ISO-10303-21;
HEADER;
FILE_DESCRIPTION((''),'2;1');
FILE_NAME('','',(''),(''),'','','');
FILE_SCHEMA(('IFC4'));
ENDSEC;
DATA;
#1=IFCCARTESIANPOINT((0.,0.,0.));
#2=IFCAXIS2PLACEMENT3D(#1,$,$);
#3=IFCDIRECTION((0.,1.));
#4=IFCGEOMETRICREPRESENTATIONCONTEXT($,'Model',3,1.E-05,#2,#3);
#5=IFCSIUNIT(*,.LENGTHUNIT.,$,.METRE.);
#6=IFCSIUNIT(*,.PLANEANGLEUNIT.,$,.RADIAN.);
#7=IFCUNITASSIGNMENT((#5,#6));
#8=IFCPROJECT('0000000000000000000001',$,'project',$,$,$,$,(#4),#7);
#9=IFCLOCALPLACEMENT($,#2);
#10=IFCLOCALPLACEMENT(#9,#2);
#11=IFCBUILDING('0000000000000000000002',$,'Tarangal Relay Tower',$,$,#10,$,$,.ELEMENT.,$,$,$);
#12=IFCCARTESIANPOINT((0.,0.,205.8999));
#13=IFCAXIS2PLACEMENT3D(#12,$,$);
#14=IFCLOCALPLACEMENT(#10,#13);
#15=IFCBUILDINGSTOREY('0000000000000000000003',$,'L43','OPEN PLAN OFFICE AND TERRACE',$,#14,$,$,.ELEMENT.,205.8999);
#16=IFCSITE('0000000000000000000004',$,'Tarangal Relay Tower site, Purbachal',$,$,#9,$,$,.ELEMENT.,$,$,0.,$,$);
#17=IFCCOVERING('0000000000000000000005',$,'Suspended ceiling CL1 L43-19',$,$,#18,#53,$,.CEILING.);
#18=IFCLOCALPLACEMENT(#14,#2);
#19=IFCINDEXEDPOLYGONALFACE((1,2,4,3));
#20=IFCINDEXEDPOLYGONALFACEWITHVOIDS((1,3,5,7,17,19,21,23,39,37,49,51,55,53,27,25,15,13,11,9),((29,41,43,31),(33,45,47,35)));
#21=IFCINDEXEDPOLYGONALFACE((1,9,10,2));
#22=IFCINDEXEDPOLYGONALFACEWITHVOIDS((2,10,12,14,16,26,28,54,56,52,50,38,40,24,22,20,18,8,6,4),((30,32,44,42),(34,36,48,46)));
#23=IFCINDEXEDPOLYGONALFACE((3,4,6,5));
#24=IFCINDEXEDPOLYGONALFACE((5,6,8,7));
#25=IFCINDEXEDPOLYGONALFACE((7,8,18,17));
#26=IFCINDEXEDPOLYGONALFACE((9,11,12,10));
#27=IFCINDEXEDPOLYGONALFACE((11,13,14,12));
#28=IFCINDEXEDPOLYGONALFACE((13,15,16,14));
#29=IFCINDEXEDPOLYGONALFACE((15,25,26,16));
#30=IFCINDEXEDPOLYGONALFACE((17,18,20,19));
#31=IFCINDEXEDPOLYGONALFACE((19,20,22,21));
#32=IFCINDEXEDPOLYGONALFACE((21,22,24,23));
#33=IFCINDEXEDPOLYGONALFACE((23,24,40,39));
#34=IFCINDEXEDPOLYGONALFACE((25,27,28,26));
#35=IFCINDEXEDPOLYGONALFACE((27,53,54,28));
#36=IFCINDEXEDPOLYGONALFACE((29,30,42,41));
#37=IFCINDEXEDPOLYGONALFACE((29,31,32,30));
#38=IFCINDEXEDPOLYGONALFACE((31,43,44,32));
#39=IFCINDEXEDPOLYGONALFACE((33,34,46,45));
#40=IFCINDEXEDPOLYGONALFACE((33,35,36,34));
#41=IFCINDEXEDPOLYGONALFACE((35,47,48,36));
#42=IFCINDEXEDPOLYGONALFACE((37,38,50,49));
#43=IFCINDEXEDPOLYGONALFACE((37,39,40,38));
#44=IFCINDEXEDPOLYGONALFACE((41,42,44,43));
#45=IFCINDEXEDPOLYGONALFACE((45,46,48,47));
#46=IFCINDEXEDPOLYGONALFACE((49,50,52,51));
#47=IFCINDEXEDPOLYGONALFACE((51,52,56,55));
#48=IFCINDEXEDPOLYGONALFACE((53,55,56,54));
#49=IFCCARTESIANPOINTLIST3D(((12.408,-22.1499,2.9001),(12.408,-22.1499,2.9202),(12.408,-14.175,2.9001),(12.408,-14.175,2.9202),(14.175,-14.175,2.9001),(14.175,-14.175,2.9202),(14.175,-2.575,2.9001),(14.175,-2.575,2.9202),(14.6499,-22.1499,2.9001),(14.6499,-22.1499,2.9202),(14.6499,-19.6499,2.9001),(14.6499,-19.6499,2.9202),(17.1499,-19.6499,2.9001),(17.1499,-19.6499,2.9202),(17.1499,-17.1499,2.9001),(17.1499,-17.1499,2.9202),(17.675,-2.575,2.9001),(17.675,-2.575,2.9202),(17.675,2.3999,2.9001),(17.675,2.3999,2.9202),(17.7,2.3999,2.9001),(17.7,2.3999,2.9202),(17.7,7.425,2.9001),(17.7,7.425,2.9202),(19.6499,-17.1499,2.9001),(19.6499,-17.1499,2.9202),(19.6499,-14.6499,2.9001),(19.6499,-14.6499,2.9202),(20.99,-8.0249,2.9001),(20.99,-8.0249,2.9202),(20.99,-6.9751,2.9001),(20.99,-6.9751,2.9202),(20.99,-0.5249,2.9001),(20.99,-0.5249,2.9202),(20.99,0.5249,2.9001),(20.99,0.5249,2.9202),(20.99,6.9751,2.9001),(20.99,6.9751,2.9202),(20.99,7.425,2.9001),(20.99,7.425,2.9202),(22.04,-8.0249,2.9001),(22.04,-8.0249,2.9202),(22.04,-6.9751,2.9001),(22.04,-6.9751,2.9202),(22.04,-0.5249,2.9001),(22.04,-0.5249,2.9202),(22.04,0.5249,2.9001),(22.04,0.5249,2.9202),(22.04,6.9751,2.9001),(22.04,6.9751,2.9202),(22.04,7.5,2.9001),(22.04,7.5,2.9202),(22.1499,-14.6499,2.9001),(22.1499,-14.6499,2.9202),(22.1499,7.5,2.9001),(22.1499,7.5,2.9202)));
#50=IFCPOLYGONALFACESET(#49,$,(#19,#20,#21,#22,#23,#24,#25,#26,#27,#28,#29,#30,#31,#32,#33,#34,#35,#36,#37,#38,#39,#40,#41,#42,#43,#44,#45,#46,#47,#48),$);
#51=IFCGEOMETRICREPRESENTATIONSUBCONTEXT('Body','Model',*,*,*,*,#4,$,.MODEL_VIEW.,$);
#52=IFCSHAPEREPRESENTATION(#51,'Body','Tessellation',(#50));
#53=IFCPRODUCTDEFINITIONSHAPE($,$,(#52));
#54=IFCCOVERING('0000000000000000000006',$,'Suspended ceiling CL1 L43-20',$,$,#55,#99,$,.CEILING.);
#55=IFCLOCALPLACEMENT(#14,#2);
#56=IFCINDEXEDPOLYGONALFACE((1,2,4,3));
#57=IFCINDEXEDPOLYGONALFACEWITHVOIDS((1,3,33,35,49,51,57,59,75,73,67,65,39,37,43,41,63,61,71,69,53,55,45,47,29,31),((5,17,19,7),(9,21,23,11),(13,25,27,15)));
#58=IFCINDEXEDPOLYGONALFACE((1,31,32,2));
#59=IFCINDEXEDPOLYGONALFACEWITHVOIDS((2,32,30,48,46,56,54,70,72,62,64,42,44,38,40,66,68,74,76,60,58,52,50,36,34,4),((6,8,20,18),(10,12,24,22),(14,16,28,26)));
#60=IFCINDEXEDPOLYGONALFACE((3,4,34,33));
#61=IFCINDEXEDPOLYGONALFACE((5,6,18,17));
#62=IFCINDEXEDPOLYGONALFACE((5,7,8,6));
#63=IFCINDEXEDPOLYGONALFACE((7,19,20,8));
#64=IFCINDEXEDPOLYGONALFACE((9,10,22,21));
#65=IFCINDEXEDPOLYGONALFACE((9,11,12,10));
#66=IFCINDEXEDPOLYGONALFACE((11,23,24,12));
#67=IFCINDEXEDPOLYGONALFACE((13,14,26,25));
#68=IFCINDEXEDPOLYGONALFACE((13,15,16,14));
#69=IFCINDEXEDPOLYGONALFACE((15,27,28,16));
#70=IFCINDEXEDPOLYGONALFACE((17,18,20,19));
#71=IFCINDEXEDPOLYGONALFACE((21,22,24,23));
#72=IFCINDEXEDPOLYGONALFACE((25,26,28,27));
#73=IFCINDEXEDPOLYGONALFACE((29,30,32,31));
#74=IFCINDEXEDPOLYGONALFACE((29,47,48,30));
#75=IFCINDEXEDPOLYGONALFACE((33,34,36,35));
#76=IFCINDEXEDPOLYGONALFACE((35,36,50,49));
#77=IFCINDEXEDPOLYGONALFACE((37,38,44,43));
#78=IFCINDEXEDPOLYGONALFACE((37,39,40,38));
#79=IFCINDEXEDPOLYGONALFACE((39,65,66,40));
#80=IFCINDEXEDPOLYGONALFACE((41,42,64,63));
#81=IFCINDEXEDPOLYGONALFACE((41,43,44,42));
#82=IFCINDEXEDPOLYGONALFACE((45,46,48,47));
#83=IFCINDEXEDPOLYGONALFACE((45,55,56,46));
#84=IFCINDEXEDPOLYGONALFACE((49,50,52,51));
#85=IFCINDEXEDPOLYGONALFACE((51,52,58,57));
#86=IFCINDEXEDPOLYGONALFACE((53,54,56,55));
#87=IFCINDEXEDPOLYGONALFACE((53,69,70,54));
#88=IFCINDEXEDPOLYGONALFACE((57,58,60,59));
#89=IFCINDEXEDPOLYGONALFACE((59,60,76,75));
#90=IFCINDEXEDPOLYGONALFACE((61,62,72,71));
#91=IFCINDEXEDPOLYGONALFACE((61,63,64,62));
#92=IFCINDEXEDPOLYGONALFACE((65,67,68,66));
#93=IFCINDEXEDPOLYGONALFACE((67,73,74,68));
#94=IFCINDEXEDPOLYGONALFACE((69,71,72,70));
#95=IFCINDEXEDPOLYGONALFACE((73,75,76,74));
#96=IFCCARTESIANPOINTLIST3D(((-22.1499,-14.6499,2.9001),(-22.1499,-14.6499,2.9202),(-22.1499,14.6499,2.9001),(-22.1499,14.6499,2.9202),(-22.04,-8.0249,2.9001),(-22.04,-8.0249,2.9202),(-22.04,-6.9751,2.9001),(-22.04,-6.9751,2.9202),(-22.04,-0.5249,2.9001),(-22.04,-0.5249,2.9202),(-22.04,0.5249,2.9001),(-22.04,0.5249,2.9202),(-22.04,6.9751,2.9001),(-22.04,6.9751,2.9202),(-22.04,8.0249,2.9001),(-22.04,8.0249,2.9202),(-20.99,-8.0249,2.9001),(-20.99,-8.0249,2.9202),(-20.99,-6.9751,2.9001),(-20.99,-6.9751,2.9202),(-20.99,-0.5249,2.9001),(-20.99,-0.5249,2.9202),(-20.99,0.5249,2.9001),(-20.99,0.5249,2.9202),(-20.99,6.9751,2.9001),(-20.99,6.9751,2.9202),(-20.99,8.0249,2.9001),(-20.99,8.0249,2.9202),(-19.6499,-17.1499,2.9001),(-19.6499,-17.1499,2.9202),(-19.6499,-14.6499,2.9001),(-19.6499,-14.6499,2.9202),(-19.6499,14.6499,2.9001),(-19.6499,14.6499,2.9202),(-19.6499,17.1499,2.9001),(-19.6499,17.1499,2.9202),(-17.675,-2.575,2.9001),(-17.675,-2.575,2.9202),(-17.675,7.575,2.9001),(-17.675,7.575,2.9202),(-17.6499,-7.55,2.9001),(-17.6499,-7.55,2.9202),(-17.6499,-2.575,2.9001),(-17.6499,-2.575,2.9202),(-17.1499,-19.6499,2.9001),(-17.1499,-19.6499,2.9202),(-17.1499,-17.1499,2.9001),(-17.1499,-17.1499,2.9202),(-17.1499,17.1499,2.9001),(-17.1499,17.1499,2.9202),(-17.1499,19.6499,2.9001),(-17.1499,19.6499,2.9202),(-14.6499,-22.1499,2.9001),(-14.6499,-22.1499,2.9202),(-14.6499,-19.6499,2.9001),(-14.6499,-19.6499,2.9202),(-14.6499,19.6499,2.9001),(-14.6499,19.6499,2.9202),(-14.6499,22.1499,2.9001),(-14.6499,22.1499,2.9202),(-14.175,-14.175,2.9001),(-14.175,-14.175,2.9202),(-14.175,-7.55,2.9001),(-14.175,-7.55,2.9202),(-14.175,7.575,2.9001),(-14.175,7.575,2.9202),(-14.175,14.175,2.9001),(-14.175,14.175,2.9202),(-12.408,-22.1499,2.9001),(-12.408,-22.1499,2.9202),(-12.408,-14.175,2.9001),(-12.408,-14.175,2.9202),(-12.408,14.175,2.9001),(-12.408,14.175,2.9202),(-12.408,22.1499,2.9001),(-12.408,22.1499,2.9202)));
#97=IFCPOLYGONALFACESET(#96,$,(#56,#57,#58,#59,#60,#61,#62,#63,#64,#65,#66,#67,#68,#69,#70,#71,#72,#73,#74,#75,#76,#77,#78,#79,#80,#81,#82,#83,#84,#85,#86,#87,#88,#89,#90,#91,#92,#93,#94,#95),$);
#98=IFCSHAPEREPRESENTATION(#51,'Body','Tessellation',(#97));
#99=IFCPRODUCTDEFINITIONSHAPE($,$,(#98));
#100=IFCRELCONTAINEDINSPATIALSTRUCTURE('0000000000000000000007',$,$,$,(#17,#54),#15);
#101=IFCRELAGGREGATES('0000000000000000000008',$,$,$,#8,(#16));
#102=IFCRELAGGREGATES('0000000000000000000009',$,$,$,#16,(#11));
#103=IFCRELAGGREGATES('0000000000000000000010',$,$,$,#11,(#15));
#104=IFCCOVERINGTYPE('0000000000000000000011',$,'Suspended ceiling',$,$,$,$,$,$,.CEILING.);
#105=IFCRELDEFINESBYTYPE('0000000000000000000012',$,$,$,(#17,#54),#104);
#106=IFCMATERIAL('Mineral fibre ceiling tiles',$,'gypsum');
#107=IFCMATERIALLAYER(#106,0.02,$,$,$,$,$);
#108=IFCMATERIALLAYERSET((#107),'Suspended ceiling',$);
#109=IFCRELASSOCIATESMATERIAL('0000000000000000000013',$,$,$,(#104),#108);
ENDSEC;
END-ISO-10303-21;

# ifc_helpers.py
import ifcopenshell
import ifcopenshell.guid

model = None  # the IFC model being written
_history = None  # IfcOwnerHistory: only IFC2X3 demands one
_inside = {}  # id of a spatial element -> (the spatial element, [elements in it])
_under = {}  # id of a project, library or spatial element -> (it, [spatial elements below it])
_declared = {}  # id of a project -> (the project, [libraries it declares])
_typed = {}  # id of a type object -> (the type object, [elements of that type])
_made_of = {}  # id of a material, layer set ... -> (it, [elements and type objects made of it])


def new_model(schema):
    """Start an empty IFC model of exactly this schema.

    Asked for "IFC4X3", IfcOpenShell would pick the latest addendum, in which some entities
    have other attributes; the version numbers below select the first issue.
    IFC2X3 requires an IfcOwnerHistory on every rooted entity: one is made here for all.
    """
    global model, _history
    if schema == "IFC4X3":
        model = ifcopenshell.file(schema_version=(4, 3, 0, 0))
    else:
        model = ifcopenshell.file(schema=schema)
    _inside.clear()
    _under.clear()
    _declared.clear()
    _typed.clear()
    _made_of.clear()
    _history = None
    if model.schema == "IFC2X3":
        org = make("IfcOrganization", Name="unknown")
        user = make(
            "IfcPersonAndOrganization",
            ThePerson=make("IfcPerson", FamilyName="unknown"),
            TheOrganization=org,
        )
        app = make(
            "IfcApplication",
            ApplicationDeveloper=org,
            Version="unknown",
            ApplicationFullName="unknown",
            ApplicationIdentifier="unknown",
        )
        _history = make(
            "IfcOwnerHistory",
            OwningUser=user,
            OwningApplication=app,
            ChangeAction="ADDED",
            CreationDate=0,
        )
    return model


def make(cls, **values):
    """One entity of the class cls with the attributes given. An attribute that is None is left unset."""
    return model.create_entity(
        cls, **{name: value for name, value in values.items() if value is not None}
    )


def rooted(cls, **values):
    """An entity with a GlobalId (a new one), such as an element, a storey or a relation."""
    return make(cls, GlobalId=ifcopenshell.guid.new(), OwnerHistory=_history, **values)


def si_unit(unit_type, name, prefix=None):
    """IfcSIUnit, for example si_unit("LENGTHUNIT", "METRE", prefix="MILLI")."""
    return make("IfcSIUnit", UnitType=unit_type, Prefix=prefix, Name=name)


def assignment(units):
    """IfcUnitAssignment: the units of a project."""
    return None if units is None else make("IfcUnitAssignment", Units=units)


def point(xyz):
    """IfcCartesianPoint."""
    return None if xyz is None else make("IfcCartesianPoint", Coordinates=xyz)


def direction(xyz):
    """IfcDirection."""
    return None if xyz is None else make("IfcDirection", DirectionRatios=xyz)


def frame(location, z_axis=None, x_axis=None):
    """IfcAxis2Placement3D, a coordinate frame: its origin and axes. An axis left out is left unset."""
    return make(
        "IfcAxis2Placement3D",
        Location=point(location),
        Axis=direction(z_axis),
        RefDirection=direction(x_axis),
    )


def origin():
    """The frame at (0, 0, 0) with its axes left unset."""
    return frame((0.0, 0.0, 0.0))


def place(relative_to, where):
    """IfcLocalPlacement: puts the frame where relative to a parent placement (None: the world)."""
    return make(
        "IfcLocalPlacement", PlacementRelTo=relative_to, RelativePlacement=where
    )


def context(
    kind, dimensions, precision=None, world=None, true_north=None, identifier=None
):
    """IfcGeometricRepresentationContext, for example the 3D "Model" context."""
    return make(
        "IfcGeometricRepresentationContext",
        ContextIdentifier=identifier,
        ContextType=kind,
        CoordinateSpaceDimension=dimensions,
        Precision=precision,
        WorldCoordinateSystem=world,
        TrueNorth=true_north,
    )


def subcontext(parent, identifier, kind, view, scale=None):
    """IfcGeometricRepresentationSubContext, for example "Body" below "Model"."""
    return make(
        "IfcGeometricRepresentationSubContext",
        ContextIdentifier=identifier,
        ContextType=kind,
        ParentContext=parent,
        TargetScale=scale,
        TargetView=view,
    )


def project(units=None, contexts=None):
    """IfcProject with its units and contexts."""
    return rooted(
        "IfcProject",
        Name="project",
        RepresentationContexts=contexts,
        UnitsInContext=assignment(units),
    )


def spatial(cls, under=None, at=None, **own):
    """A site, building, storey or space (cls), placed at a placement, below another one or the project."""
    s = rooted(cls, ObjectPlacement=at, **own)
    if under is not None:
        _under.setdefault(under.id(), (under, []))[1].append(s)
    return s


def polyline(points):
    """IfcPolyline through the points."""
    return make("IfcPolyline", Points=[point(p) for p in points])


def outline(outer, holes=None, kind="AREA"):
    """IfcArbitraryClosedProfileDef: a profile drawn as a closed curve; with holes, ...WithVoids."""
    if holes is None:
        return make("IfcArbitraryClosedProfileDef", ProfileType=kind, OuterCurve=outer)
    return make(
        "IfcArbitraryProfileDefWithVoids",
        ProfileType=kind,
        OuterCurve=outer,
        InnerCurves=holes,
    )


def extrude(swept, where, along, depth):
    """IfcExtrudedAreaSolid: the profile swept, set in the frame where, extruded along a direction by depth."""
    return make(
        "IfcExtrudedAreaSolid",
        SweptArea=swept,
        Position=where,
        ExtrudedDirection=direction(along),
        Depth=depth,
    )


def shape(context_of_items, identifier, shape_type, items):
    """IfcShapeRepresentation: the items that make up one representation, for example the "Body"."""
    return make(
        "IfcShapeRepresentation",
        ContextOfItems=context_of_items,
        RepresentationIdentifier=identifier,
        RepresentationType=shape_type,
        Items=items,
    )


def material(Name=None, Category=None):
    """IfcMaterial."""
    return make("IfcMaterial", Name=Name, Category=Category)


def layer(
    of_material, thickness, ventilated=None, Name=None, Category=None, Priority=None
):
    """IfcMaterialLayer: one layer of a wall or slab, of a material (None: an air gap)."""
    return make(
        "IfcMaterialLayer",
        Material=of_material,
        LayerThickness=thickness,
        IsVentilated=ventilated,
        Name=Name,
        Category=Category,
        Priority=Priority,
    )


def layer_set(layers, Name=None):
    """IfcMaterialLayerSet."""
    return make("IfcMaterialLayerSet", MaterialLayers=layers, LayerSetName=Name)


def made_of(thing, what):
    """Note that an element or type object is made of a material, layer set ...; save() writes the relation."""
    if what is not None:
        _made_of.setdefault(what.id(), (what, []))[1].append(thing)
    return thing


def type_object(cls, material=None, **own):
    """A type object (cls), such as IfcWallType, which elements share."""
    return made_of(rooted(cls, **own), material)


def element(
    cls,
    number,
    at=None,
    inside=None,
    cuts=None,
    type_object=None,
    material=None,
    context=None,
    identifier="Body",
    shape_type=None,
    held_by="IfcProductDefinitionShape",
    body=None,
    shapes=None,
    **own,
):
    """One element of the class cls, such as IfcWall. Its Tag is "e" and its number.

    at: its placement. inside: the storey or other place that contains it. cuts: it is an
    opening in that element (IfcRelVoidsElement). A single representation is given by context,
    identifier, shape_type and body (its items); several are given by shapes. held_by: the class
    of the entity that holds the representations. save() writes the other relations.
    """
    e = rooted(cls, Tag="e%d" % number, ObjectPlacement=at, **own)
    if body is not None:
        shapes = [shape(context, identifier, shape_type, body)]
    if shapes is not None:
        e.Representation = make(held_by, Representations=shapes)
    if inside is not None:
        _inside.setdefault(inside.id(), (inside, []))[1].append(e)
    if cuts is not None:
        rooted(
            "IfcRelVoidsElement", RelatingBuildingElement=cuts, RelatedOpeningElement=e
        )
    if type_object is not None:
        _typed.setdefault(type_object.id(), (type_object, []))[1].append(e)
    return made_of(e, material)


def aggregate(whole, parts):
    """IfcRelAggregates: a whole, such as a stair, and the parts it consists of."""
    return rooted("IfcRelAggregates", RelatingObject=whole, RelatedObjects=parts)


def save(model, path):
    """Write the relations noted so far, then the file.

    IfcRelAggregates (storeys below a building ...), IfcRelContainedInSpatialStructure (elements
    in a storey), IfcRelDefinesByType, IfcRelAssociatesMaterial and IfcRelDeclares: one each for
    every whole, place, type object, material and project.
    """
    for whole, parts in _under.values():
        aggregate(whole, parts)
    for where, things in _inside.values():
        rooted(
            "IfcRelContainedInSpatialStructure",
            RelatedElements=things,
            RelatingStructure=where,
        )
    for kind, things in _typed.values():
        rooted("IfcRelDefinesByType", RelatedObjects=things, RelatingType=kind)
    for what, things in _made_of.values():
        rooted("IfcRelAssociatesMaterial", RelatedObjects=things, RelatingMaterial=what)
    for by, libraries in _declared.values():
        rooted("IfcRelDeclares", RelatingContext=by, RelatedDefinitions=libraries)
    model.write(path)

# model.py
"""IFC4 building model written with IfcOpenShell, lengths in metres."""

from ifc_helpers import new_model, si_unit, direction, frame, origin, place, context, subcontext, project, spatial, polyline, outline, extrude, material, layer, layer_set, type_object, element, save


model = new_model("IFC4")

# Units and contexts
model_context = context("Model", 3, precision=1e-05, world=origin(), true_north=direction((0.0, 1.0)))
body_context = subcontext(model_context, "Body", "Model", "MODEL_VIEW")
ifc_project = project(units=[si_unit("LENGTHUNIT", "METRE"), si_unit("PLANEANGLEUNIT", "RADIAN")], contexts=[model_context])

# Site, building, storey
site_placement = place(None, origin())
site = spatial("IfcSite", under=ifc_project, at=site_placement, Name="Tarangal Relay Tower site, Purbachal", CompositionType="ELEMENT", RefElevation=0.0)
building_placement = place(site_placement, origin())
building = spatial("IfcBuilding", under=site, at=building_placement, Name="Tarangal Relay Tower", CompositionType="ELEMENT")
storey_placement = place(building_placement, frame((0.0, 0.0, 205.8999)))
storey = spatial("IfcBuildingStorey", under=building, at=storey_placement, Name="L43", Description="OPEN PLAN OFFICE AND TERRACE", CompositionType="ELEMENT", Elevation=205.8999)

# Coverings
ifc_material_1 = material(Name="Mineral fibre ceiling tiles", Category="gypsum")
ifc_layer_1 = layer(ifc_material_1, 0.02)
ifc_layer_set_1 = layer_set([ifc_layer_1], Name="Suspended ceiling")
covering_type = type_object("IfcCoveringType", Name="Suspended ceiling", PredefinedType="CEILING", material=ifc_layer_set_1)
covering_1_placement = place(storey_placement, frame((0.0, 0.0, 2.9001)))
element("IfcCovering", 1, at=covering_1_placement, inside=storey, type_object=covering_type, Name="Suspended ceiling CL1 L43-19", PredefinedType="CEILING", context=body_context, shape_type="SweptSolid", body=[
    extrude(outline(polyline([(22.1499, 7.5), (22.04, 7.5), (22.04, 6.9751), (20.99, 6.9751), (20.99, 7.425), (17.7, 7.425), (17.7, 2.3999), (17.675, 2.3999), (17.675, -2.575), (14.175, -2.575), (14.175, -14.175), (12.408, -14.175), (12.408, -22.1499), (14.6499, -22.1499), (14.6499, -19.6499), (17.1499, -19.6499), (17.1499, -17.1499), (19.6499, -17.1499), (19.6499, -14.6499), (22.1499, -14.6499), (22.1499, 7.5)]), holes=[polyline([(22.04, -8.0249), (22.04, -6.9751), (20.99, -6.9751), (20.99, -8.0249), (22.04, -8.0249)]), polyline([(20.99, -0.5249), (22.04, -0.5249), (22.04, 0.5249), (20.99, 0.5249), (20.99, -0.5249)])]), origin(), (0.0, 0.0, 1.0), 0.02),
])
covering_2_placement = place(storey_placement, frame((0.0, 0.0, 2.9001)))
element("IfcCovering", 2, at=covering_2_placement, inside=storey, type_object=covering_type, Name="Suspended ceiling CL1 L43-20", PredefinedType="CEILING", context=body_context, shape_type="SweptSolid", body=[
    extrude(outline(polyline([(-14.6499, -22.1499), (-12.408, -22.1499), (-12.408, -14.175), (-14.175, -14.175), (-14.175, -7.55), (-17.6499, -7.55), (-17.6499, -2.575), (-17.675, -2.575), (-17.675, 7.575), (-14.175, 7.575), (-14.175, 14.175), (-12.408, 14.175), (-12.408, 22.1499), (-14.6499, 22.1499), (-14.6499, 19.6499), (-17.1499, 19.6499), (-17.1499, 17.1499), (-19.6499, 17.1499), (-19.6499, 14.6499), (-22.1499, 14.6499), (-22.1499, -14.6499), (-19.6499, -14.6499), (-19.6499, -17.1499), (-17.1499, -17.1499), (-17.1499, -19.6499), (-14.6499, -19.6499), (-14.6499, -22.1499)]), holes=[polyline([(-20.99, -8.0249), (-20.99, -6.9751), (-22.04, -6.9751), (-22.04, -8.0249), (-20.99, -8.0249)]), polyline([(-22.04, -0.5249), (-20.99, -0.5249), (-20.99, 0.5249), (-22.04, 0.5249), (-22.04, -0.5249)]), polyline([(-22.04, 6.9751), (-20.99, 6.9751), (-20.99, 8.0249), (-22.04, 8.0249), (-22.04, 6.9751)])]), origin(), (0.0, 0.0, 1.0), 0.02),
])

save(model, "model.ifc")
